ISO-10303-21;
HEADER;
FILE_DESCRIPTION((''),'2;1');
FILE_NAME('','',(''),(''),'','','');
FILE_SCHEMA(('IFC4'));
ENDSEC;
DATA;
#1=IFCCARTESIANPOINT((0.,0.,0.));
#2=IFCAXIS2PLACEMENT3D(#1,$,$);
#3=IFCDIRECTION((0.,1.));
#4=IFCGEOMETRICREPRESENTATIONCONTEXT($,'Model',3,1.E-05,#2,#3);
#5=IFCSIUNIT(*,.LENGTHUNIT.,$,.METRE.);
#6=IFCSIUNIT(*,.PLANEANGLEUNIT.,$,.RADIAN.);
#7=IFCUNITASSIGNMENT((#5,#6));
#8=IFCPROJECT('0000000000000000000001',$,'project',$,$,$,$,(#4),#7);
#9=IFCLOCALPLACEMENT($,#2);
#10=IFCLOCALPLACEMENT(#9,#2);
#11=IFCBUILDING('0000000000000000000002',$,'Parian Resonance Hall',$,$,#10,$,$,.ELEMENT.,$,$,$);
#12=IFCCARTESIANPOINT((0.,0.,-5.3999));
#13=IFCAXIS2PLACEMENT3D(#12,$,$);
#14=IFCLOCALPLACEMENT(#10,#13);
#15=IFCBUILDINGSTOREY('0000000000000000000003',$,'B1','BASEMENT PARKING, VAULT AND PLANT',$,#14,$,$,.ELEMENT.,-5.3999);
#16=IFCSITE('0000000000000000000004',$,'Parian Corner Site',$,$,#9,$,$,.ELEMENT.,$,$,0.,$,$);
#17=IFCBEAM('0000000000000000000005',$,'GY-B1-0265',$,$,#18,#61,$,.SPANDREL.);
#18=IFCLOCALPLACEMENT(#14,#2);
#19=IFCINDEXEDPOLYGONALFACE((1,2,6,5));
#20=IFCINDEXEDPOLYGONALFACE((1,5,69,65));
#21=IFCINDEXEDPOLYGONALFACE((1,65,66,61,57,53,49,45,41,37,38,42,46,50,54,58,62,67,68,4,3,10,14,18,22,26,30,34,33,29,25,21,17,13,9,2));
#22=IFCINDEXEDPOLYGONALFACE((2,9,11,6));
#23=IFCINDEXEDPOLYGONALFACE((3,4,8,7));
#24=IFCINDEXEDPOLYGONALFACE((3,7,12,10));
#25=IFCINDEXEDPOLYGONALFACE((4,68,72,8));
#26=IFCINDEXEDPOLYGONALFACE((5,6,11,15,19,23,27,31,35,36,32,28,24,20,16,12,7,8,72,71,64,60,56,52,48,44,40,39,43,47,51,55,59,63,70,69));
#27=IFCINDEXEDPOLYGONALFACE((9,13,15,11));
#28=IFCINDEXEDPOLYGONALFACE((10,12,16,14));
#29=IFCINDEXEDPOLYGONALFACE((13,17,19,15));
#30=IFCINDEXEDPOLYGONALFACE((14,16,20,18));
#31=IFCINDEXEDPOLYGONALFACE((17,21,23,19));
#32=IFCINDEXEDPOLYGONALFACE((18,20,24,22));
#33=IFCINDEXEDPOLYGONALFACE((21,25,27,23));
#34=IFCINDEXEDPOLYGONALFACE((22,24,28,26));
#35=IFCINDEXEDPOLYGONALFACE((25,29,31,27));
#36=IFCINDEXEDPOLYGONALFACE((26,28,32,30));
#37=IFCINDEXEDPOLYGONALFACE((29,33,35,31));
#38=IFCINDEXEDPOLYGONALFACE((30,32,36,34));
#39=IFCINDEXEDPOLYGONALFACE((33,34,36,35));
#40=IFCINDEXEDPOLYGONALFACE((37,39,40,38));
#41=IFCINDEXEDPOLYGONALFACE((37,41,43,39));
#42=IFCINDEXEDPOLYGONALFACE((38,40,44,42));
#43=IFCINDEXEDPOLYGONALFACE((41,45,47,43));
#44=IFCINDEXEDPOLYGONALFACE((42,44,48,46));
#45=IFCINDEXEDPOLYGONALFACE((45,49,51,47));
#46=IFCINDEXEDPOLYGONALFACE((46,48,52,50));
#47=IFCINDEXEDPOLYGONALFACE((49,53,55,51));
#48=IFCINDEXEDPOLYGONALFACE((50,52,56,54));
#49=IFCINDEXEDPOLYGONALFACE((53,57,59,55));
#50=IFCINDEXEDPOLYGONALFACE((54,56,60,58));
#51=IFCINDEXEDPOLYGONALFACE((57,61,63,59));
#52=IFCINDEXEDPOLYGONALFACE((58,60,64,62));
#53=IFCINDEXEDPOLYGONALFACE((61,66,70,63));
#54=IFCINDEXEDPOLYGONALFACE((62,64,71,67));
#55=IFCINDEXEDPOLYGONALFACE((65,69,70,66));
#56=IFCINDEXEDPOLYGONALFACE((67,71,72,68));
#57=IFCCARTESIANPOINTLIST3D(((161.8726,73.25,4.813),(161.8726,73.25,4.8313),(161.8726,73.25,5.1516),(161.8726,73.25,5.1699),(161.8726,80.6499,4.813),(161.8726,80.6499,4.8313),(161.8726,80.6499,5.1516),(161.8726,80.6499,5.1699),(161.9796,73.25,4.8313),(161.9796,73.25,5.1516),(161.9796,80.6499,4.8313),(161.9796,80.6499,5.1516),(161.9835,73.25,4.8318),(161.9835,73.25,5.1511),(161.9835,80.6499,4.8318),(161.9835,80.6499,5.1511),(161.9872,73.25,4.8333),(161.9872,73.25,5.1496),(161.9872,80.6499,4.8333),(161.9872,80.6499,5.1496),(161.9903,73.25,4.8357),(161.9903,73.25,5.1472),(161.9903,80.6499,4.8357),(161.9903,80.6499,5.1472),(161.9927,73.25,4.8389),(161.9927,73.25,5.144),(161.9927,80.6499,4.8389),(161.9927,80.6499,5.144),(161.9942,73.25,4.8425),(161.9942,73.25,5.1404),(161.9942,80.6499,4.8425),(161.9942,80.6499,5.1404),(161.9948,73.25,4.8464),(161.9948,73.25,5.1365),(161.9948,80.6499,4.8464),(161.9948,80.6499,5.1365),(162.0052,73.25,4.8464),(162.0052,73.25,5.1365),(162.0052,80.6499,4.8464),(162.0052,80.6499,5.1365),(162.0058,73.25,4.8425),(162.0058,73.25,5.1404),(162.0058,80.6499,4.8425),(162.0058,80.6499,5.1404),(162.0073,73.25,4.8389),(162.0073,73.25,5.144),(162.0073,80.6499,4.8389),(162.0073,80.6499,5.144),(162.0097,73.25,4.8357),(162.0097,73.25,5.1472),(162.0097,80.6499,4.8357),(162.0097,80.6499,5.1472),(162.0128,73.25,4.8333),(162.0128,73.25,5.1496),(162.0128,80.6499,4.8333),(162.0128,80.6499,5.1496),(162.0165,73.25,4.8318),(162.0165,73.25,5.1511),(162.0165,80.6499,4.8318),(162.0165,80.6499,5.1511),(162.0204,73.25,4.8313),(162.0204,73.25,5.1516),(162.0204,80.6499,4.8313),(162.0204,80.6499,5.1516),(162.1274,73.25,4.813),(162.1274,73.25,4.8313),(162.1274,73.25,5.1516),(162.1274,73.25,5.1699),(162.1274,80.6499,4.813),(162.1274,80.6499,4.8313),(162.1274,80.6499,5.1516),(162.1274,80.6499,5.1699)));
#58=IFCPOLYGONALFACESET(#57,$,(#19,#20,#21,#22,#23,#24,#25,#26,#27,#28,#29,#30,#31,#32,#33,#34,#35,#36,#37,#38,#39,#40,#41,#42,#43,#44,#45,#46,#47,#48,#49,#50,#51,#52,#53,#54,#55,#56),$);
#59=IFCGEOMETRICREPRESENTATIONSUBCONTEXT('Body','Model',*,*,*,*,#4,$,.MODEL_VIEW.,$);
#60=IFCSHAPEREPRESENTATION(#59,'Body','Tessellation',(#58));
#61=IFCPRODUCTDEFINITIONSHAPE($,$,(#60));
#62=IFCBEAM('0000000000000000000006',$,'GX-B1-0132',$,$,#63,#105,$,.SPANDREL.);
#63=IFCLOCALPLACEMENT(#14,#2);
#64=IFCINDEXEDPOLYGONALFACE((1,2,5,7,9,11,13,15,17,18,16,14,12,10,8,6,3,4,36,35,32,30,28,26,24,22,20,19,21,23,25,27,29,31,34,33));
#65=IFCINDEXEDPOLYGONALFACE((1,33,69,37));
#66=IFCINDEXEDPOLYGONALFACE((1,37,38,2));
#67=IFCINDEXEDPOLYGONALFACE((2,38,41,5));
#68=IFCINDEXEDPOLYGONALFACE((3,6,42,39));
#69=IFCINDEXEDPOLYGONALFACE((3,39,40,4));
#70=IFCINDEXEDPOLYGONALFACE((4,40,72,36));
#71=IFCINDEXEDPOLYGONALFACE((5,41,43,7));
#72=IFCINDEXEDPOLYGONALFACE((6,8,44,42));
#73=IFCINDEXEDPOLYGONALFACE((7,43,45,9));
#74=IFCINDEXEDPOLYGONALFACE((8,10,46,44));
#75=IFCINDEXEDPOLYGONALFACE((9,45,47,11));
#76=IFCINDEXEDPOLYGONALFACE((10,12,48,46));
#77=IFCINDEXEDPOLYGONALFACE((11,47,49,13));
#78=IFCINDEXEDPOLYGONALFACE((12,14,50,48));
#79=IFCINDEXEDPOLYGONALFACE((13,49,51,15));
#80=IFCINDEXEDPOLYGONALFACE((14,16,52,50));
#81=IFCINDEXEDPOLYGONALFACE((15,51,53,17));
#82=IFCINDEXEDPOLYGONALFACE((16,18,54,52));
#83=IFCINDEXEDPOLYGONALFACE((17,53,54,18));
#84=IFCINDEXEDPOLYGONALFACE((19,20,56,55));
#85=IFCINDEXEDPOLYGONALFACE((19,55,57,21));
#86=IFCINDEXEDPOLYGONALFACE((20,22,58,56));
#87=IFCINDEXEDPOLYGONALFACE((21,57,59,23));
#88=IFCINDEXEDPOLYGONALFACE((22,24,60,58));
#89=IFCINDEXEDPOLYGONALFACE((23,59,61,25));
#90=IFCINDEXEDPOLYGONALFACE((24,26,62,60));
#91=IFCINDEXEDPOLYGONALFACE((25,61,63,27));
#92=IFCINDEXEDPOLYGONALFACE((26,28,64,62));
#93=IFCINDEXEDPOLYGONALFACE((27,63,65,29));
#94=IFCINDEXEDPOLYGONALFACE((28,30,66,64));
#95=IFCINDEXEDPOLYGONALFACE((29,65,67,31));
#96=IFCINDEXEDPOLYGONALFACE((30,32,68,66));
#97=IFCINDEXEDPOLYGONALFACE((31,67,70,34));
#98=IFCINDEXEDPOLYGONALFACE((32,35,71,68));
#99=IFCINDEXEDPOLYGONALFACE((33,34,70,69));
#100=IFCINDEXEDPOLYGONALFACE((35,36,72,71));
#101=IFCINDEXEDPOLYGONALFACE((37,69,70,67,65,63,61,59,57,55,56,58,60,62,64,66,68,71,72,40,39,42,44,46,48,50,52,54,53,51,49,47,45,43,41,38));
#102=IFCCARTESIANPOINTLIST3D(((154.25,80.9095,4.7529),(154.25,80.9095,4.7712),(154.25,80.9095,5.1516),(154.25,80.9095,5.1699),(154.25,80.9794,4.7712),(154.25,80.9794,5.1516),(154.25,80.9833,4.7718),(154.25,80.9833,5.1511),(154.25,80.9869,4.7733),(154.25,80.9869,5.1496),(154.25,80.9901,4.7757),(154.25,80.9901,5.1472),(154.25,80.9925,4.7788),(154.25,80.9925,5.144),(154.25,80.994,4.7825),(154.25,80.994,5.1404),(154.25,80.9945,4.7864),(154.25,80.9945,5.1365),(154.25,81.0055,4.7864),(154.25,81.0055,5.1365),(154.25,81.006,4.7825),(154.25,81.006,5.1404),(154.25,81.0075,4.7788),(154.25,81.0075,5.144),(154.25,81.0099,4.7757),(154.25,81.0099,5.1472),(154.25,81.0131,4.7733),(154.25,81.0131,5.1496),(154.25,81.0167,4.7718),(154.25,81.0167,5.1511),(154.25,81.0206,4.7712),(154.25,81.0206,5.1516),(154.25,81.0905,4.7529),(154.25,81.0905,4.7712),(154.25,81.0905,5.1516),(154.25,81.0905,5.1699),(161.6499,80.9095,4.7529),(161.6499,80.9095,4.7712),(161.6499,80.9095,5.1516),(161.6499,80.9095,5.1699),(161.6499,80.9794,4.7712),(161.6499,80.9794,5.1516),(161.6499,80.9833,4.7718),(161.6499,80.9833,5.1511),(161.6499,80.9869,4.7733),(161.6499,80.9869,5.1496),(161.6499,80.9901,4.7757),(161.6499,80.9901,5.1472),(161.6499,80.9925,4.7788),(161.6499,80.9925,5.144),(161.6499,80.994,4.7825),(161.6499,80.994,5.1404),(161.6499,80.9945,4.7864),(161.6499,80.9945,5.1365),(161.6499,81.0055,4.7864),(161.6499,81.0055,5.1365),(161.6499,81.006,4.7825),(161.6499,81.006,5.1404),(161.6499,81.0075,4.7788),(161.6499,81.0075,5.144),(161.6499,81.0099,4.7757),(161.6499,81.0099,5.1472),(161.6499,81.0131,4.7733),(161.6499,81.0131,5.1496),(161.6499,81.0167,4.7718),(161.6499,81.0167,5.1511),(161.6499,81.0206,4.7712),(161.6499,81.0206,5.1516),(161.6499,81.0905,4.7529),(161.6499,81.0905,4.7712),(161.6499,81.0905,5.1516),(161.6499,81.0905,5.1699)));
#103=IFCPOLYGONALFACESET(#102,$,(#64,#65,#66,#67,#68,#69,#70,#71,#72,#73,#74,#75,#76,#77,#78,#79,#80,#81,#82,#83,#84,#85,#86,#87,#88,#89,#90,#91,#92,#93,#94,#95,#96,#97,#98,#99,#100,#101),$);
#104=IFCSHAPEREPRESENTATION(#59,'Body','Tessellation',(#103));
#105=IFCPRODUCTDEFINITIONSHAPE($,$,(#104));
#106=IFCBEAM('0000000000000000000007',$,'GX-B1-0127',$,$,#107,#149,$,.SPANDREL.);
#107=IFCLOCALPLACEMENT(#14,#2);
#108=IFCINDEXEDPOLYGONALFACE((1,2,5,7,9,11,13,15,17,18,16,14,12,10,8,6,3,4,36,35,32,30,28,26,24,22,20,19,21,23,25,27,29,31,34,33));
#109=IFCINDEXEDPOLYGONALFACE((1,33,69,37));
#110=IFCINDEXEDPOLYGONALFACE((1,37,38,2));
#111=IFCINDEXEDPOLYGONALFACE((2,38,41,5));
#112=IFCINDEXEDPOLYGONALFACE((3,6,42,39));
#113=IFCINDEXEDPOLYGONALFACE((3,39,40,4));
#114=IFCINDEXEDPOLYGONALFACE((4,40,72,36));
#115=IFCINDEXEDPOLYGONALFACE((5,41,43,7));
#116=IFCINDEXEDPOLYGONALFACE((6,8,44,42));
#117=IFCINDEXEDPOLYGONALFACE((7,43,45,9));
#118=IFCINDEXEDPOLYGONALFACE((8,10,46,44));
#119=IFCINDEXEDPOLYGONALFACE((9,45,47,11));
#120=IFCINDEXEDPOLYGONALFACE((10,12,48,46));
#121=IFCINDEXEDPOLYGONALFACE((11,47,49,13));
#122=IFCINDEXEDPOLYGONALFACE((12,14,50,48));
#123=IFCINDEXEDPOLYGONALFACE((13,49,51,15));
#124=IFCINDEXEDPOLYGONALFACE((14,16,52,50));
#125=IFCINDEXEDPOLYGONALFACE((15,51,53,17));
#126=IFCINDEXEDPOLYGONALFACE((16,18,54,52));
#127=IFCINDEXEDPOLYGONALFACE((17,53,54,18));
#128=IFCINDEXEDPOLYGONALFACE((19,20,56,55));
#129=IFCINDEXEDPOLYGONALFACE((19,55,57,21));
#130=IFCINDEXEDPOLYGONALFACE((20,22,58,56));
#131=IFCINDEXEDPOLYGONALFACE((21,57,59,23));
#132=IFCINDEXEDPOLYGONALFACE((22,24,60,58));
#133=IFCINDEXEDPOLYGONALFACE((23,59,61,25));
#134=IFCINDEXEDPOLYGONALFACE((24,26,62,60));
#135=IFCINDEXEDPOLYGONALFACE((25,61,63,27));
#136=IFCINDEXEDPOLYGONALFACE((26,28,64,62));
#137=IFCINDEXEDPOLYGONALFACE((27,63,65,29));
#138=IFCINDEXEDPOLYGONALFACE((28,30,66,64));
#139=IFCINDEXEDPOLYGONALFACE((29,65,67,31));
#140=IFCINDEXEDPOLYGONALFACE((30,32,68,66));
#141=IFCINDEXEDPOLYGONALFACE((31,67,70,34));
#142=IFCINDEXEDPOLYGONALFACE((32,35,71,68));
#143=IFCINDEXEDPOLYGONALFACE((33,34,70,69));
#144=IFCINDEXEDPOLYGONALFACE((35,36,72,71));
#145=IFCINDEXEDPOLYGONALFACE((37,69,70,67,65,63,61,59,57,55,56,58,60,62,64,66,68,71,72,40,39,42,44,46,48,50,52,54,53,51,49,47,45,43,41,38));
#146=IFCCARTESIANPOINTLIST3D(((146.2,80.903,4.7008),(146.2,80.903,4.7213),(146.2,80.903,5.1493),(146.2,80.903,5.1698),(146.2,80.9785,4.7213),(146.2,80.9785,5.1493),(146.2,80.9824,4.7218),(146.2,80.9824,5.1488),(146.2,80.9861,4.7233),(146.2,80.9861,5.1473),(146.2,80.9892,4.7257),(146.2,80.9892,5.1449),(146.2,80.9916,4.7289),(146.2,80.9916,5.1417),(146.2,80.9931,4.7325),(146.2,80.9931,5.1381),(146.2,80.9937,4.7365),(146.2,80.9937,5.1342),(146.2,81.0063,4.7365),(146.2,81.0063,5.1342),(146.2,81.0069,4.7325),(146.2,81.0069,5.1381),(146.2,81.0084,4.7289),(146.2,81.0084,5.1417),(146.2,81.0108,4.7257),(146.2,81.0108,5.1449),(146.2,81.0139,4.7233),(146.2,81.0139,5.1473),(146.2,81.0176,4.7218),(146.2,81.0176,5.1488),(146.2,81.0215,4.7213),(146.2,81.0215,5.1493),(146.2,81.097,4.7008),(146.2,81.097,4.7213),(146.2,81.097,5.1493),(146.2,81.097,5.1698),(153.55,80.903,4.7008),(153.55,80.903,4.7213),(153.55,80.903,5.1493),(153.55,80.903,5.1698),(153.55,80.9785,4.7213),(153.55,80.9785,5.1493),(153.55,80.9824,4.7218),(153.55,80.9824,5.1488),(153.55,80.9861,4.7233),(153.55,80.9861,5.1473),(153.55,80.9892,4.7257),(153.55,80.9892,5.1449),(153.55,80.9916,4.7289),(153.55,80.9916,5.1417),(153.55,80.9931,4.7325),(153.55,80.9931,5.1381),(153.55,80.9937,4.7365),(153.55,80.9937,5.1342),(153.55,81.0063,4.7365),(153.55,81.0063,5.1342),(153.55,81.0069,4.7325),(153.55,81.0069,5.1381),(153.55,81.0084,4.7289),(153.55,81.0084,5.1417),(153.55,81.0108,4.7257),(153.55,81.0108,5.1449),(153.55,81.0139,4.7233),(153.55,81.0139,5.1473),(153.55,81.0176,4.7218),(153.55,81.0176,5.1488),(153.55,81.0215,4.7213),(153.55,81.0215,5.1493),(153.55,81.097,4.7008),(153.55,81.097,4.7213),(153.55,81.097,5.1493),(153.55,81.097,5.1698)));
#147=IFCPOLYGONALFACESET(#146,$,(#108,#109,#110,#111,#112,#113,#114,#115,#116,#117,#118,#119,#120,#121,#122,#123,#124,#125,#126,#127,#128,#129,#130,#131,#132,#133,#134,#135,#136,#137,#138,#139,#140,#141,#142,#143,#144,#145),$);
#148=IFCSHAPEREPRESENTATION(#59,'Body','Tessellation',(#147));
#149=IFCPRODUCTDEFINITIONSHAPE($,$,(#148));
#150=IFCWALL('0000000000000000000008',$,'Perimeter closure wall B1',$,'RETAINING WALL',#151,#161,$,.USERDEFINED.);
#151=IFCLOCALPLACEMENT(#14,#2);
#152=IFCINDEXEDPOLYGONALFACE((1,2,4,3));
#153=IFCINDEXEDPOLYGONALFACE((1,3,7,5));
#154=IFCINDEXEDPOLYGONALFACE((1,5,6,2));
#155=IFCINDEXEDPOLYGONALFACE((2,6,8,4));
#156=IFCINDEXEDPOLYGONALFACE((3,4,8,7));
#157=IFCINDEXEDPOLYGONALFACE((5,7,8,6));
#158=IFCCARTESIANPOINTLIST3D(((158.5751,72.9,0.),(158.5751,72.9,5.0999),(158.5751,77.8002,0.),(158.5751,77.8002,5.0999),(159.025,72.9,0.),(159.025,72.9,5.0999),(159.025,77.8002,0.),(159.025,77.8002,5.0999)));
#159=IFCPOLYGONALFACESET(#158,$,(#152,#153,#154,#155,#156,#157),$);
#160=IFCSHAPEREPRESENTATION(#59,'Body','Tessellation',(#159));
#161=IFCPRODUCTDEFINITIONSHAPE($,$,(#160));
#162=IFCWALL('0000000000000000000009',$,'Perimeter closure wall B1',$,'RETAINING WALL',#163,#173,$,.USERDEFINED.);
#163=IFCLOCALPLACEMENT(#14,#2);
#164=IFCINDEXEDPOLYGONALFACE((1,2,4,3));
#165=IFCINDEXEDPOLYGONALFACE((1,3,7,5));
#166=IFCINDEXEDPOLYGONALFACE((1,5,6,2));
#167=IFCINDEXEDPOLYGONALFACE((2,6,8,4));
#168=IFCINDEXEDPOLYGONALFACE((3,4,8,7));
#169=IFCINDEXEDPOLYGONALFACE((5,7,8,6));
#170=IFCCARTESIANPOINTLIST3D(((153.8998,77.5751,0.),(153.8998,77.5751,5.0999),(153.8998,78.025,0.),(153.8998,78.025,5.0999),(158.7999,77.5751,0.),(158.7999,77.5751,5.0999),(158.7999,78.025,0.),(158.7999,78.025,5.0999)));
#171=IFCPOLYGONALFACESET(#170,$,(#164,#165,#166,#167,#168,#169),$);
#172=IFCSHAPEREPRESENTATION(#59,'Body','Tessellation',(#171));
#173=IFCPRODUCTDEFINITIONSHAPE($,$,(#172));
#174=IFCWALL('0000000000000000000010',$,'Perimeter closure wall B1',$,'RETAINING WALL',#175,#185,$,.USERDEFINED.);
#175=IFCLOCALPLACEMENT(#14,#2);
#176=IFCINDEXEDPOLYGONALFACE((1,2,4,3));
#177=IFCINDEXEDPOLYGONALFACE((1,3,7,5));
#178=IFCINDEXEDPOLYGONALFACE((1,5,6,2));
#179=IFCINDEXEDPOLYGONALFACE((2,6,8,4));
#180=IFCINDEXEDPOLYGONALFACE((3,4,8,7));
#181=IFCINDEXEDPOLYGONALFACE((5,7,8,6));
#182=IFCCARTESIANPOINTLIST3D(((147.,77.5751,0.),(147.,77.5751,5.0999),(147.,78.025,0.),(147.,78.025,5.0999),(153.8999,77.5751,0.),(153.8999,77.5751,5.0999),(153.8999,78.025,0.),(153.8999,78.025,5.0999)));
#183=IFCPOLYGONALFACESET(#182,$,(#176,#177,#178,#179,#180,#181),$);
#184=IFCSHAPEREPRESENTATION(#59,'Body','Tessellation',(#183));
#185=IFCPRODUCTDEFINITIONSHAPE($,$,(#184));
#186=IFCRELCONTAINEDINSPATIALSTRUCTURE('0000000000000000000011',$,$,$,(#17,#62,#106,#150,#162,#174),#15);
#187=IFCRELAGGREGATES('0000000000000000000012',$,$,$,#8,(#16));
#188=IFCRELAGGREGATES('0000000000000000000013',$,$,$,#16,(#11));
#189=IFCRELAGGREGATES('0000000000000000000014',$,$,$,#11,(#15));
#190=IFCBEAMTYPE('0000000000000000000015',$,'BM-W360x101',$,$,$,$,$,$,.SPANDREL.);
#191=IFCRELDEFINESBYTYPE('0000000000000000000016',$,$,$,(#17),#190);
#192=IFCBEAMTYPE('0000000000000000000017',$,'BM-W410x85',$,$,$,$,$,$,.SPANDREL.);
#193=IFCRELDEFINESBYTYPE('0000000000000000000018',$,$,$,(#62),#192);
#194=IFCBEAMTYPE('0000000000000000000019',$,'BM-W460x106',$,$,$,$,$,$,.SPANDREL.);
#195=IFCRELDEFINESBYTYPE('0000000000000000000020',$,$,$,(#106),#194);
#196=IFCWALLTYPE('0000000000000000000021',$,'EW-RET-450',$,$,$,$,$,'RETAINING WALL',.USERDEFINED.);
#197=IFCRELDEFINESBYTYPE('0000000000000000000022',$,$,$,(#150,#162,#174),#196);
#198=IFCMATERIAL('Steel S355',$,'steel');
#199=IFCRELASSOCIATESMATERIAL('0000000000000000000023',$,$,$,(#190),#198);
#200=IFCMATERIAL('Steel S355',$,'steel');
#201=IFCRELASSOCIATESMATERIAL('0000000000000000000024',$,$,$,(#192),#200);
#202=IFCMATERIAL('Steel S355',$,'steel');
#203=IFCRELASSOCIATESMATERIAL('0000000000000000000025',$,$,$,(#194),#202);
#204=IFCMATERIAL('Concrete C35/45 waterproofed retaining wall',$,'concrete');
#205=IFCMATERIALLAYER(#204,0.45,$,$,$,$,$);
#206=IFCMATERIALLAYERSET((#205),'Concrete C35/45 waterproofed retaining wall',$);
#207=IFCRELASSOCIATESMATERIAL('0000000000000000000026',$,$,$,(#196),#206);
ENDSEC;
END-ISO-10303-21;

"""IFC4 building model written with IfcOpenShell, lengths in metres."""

from ifc_helpers import new_model, si_unit, direction, frame, frame_2d, origin, origin_2d, place, context, subcontext, project, spatial, rectangle, i_section, extrude, material, layer, layer_set, material_profile, profile_set, type_object, element, save


model = new_model("IFC4")

# Units and contexts
model_context = context("Model", 3, precision=1e-05, world=origin(), true_north=direction((0.0, 1.0)))
body_context = subcontext(model_context, "Body", "Model", "MODEL_VIEW")
ifc_project = project(units=[si_unit("LENGTHUNIT", "METRE"), si_unit("PLANEANGLEUNIT", "RADIAN")], contexts=[model_context])

# Site, building, storey
site_placement = place(None, origin())
site = spatial("IfcSite", under=ifc_project, at=site_placement, Name="Parian Corner Site", CompositionType="ELEMENT", RefElevation=0.0)
building_placement = place(site_placement, origin())
building = spatial("IfcBuilding", under=site, at=building_placement, Name="Parian Resonance Hall", CompositionType="ELEMENT")
storey_placement = place(building_placement, frame((0.0, 0.0, -5.3999)))
storey = spatial("IfcBuildingStorey", under=building, at=storey_placement, Name="B1", Description="BASEMENT PARKING, VAULT AND PLANT", CompositionType="ELEMENT", Elevation=-5.3999)

# Beams
ifc_material_1 = material(Name="Steel S355", Category="steel")
ifc_material_profile_1 = material_profile(ifc_material_1, i_section(OverallWidth=0.2549, OverallDepth=0.3569, WebThickness=0.0105, FlangeThickness=0.0183, FilletRadius=0.0151, at=origin_2d()), Name="W360x101")
ifc_profile_set_1 = profile_set([ifc_material_profile_1], Name="Steel S355")
beam_type_1 = type_object("IfcBeamType", Name="BM-W360x101", PredefinedType="SPANDREL", material=ifc_profile_set_1)
for number, where, z_axis, x_axis, name in (
    (1, (162.0, 73.25, 4.9915), (0.0, 1.0, 0.0), (-1.0, 0.0, 0.0), "GY-B1-0265"),
):
    element("IfcBeam", number, at=place(storey_placement, frame(where, z_axis=z_axis, x_axis=x_axis)), inside=storey, type_object=beam_type_1, Name=name, PredefinedType="SPANDREL", context=body_context, shape_type="SweptSolid", body=[
        extrude(i_section(OverallWidth=0.2549, OverallDepth=0.3569, WebThickness=0.0105, FlangeThickness=0.0183, FilletRadius=0.0151, at=origin_2d()), origin(), (0.0, 0.0, 1.0), 7.3999),
    ])
ifc_material_2 = material(Name="Steel S355", Category="steel")
ifc_material_profile_2 = material_profile(ifc_material_2, i_section(OverallWidth=0.1809, OverallDepth=0.417, WebThickness=0.011, FlangeThickness=0.0183, FilletRadius=0.0151, at=origin_2d()), Name="W410x85")
ifc_profile_set_2 = profile_set([ifc_material_profile_2], Name="Steel S355")
beam_type_2 = type_object("IfcBeamType", Name="BM-W410x85", PredefinedType="SPANDREL", material=ifc_profile_set_2)
beam_1_placement = place(storey_placement, frame((154.25, 81.0, 4.9614), z_axis=(1.0, 0.0, 0.0), x_axis=(0.0, 1.0, 0.0)))
element("IfcBeam", 2, at=beam_1_placement, inside=storey, type_object=beam_type_2, Name="GX-B1-0132", PredefinedType="SPANDREL", context=body_context, shape_type="SweptSolid", body=[
    extrude(i_section(OverallWidth=0.1809, OverallDepth=0.417, WebThickness=0.011, FlangeThickness=0.0183, FilletRadius=0.0151, at=origin_2d()), origin(), (0.0, 0.0, 1.0), 7.3999),
])
ifc_material_3 = material(Name="Steel S355", Category="steel")
ifc_material_profile_3 = material_profile(ifc_material_3, i_section(OverallWidth=0.1941, OverallDepth=0.469, WebThickness=0.0127, FlangeThickness=0.0205, FilletRadius=0.0151, at=origin_2d()), Name="W460x106")
ifc_profile_set_3 = profile_set([ifc_material_profile_3], Name="Steel S355")
beam_type_3 = type_object("IfcBeamType", Name="BM-W460x106", PredefinedType="SPANDREL", material=ifc_profile_set_3)
beam_2_placement = place(storey_placement, frame((146.2, 81.0, 4.9353), z_axis=(1.0, 0.0, 0.0), x_axis=(0.0, 1.0, 0.0)))
element("IfcBeam", 3, at=beam_2_placement, inside=storey, type_object=beam_type_3, Name="GX-B1-0127", PredefinedType="SPANDREL", context=body_context, shape_type="SweptSolid", body=[
    extrude(i_section(OverallWidth=0.1941, OverallDepth=0.469, WebThickness=0.0127, FlangeThickness=0.0205, FilletRadius=0.0151, at=origin_2d()), origin(), (0.0, 0.0, 1.0), 7.3501),
])

# Walls
ifc_material_4 = material(Name="Concrete C35/45 waterproofed retaining wall", Category="concrete")
ifc_layer = layer(ifc_material_4, 0.45)
ifc_layer_set = layer_set([ifc_layer], Name="Concrete C35/45 waterproofed retaining wall")
wall_type = type_object("IfcWallType", Name="EW-RET-450", ElementType="RETAINING WALL", PredefinedType="USERDEFINED", material=ifc_layer_set)
for number, where, z_axis, x_axis, name in (
    (4, (158.8, 72.8999, 0.0), (0.0, 0.0, 1.0), (0.0, 1.0, 0.0), "Perimeter closure wall B1"),
    (5, (158.8, 77.8, 0.0), (0.0, 0.0, 1.0), (-1.0, 0.0, 0.0), "Perimeter closure wall B1"),
):
    element("IfcWall", number, at=place(storey_placement, frame(where, z_axis=z_axis, x_axis=x_axis)), inside=storey, type_object=wall_type, Name=name, ObjectType="RETAINING WALL", PredefinedType="USERDEFINED", context=body_context, shape_type="SweptSolid", body=[
        extrude(rectangle(XDim=4.9001, YDim=0.45, at=frame_2d((2.4502, 0.0))), origin(), (0.0, 0.0, 1.0), 5.0999),
    ])
wall_1_placement = place(storey_placement, frame((153.8999, 77.8, 0.0), z_axis=(0.0, 0.0, 1.0), x_axis=(-1.0, 0.0, 0.0)))
element("IfcWall", 6, at=wall_1_placement, inside=storey, type_object=wall_type, Name="Perimeter closure wall B1", ObjectType="RETAINING WALL", PredefinedType="USERDEFINED", context=body_context, shape_type="SweptSolid", body=[
    extrude(rectangle(XDim=6.8999, YDim=0.45, at=frame_2d((3.45, 0.0))), origin(), (0.0, 0.0, 1.0), 5.0999),
])

save(model, "model.ifc")
